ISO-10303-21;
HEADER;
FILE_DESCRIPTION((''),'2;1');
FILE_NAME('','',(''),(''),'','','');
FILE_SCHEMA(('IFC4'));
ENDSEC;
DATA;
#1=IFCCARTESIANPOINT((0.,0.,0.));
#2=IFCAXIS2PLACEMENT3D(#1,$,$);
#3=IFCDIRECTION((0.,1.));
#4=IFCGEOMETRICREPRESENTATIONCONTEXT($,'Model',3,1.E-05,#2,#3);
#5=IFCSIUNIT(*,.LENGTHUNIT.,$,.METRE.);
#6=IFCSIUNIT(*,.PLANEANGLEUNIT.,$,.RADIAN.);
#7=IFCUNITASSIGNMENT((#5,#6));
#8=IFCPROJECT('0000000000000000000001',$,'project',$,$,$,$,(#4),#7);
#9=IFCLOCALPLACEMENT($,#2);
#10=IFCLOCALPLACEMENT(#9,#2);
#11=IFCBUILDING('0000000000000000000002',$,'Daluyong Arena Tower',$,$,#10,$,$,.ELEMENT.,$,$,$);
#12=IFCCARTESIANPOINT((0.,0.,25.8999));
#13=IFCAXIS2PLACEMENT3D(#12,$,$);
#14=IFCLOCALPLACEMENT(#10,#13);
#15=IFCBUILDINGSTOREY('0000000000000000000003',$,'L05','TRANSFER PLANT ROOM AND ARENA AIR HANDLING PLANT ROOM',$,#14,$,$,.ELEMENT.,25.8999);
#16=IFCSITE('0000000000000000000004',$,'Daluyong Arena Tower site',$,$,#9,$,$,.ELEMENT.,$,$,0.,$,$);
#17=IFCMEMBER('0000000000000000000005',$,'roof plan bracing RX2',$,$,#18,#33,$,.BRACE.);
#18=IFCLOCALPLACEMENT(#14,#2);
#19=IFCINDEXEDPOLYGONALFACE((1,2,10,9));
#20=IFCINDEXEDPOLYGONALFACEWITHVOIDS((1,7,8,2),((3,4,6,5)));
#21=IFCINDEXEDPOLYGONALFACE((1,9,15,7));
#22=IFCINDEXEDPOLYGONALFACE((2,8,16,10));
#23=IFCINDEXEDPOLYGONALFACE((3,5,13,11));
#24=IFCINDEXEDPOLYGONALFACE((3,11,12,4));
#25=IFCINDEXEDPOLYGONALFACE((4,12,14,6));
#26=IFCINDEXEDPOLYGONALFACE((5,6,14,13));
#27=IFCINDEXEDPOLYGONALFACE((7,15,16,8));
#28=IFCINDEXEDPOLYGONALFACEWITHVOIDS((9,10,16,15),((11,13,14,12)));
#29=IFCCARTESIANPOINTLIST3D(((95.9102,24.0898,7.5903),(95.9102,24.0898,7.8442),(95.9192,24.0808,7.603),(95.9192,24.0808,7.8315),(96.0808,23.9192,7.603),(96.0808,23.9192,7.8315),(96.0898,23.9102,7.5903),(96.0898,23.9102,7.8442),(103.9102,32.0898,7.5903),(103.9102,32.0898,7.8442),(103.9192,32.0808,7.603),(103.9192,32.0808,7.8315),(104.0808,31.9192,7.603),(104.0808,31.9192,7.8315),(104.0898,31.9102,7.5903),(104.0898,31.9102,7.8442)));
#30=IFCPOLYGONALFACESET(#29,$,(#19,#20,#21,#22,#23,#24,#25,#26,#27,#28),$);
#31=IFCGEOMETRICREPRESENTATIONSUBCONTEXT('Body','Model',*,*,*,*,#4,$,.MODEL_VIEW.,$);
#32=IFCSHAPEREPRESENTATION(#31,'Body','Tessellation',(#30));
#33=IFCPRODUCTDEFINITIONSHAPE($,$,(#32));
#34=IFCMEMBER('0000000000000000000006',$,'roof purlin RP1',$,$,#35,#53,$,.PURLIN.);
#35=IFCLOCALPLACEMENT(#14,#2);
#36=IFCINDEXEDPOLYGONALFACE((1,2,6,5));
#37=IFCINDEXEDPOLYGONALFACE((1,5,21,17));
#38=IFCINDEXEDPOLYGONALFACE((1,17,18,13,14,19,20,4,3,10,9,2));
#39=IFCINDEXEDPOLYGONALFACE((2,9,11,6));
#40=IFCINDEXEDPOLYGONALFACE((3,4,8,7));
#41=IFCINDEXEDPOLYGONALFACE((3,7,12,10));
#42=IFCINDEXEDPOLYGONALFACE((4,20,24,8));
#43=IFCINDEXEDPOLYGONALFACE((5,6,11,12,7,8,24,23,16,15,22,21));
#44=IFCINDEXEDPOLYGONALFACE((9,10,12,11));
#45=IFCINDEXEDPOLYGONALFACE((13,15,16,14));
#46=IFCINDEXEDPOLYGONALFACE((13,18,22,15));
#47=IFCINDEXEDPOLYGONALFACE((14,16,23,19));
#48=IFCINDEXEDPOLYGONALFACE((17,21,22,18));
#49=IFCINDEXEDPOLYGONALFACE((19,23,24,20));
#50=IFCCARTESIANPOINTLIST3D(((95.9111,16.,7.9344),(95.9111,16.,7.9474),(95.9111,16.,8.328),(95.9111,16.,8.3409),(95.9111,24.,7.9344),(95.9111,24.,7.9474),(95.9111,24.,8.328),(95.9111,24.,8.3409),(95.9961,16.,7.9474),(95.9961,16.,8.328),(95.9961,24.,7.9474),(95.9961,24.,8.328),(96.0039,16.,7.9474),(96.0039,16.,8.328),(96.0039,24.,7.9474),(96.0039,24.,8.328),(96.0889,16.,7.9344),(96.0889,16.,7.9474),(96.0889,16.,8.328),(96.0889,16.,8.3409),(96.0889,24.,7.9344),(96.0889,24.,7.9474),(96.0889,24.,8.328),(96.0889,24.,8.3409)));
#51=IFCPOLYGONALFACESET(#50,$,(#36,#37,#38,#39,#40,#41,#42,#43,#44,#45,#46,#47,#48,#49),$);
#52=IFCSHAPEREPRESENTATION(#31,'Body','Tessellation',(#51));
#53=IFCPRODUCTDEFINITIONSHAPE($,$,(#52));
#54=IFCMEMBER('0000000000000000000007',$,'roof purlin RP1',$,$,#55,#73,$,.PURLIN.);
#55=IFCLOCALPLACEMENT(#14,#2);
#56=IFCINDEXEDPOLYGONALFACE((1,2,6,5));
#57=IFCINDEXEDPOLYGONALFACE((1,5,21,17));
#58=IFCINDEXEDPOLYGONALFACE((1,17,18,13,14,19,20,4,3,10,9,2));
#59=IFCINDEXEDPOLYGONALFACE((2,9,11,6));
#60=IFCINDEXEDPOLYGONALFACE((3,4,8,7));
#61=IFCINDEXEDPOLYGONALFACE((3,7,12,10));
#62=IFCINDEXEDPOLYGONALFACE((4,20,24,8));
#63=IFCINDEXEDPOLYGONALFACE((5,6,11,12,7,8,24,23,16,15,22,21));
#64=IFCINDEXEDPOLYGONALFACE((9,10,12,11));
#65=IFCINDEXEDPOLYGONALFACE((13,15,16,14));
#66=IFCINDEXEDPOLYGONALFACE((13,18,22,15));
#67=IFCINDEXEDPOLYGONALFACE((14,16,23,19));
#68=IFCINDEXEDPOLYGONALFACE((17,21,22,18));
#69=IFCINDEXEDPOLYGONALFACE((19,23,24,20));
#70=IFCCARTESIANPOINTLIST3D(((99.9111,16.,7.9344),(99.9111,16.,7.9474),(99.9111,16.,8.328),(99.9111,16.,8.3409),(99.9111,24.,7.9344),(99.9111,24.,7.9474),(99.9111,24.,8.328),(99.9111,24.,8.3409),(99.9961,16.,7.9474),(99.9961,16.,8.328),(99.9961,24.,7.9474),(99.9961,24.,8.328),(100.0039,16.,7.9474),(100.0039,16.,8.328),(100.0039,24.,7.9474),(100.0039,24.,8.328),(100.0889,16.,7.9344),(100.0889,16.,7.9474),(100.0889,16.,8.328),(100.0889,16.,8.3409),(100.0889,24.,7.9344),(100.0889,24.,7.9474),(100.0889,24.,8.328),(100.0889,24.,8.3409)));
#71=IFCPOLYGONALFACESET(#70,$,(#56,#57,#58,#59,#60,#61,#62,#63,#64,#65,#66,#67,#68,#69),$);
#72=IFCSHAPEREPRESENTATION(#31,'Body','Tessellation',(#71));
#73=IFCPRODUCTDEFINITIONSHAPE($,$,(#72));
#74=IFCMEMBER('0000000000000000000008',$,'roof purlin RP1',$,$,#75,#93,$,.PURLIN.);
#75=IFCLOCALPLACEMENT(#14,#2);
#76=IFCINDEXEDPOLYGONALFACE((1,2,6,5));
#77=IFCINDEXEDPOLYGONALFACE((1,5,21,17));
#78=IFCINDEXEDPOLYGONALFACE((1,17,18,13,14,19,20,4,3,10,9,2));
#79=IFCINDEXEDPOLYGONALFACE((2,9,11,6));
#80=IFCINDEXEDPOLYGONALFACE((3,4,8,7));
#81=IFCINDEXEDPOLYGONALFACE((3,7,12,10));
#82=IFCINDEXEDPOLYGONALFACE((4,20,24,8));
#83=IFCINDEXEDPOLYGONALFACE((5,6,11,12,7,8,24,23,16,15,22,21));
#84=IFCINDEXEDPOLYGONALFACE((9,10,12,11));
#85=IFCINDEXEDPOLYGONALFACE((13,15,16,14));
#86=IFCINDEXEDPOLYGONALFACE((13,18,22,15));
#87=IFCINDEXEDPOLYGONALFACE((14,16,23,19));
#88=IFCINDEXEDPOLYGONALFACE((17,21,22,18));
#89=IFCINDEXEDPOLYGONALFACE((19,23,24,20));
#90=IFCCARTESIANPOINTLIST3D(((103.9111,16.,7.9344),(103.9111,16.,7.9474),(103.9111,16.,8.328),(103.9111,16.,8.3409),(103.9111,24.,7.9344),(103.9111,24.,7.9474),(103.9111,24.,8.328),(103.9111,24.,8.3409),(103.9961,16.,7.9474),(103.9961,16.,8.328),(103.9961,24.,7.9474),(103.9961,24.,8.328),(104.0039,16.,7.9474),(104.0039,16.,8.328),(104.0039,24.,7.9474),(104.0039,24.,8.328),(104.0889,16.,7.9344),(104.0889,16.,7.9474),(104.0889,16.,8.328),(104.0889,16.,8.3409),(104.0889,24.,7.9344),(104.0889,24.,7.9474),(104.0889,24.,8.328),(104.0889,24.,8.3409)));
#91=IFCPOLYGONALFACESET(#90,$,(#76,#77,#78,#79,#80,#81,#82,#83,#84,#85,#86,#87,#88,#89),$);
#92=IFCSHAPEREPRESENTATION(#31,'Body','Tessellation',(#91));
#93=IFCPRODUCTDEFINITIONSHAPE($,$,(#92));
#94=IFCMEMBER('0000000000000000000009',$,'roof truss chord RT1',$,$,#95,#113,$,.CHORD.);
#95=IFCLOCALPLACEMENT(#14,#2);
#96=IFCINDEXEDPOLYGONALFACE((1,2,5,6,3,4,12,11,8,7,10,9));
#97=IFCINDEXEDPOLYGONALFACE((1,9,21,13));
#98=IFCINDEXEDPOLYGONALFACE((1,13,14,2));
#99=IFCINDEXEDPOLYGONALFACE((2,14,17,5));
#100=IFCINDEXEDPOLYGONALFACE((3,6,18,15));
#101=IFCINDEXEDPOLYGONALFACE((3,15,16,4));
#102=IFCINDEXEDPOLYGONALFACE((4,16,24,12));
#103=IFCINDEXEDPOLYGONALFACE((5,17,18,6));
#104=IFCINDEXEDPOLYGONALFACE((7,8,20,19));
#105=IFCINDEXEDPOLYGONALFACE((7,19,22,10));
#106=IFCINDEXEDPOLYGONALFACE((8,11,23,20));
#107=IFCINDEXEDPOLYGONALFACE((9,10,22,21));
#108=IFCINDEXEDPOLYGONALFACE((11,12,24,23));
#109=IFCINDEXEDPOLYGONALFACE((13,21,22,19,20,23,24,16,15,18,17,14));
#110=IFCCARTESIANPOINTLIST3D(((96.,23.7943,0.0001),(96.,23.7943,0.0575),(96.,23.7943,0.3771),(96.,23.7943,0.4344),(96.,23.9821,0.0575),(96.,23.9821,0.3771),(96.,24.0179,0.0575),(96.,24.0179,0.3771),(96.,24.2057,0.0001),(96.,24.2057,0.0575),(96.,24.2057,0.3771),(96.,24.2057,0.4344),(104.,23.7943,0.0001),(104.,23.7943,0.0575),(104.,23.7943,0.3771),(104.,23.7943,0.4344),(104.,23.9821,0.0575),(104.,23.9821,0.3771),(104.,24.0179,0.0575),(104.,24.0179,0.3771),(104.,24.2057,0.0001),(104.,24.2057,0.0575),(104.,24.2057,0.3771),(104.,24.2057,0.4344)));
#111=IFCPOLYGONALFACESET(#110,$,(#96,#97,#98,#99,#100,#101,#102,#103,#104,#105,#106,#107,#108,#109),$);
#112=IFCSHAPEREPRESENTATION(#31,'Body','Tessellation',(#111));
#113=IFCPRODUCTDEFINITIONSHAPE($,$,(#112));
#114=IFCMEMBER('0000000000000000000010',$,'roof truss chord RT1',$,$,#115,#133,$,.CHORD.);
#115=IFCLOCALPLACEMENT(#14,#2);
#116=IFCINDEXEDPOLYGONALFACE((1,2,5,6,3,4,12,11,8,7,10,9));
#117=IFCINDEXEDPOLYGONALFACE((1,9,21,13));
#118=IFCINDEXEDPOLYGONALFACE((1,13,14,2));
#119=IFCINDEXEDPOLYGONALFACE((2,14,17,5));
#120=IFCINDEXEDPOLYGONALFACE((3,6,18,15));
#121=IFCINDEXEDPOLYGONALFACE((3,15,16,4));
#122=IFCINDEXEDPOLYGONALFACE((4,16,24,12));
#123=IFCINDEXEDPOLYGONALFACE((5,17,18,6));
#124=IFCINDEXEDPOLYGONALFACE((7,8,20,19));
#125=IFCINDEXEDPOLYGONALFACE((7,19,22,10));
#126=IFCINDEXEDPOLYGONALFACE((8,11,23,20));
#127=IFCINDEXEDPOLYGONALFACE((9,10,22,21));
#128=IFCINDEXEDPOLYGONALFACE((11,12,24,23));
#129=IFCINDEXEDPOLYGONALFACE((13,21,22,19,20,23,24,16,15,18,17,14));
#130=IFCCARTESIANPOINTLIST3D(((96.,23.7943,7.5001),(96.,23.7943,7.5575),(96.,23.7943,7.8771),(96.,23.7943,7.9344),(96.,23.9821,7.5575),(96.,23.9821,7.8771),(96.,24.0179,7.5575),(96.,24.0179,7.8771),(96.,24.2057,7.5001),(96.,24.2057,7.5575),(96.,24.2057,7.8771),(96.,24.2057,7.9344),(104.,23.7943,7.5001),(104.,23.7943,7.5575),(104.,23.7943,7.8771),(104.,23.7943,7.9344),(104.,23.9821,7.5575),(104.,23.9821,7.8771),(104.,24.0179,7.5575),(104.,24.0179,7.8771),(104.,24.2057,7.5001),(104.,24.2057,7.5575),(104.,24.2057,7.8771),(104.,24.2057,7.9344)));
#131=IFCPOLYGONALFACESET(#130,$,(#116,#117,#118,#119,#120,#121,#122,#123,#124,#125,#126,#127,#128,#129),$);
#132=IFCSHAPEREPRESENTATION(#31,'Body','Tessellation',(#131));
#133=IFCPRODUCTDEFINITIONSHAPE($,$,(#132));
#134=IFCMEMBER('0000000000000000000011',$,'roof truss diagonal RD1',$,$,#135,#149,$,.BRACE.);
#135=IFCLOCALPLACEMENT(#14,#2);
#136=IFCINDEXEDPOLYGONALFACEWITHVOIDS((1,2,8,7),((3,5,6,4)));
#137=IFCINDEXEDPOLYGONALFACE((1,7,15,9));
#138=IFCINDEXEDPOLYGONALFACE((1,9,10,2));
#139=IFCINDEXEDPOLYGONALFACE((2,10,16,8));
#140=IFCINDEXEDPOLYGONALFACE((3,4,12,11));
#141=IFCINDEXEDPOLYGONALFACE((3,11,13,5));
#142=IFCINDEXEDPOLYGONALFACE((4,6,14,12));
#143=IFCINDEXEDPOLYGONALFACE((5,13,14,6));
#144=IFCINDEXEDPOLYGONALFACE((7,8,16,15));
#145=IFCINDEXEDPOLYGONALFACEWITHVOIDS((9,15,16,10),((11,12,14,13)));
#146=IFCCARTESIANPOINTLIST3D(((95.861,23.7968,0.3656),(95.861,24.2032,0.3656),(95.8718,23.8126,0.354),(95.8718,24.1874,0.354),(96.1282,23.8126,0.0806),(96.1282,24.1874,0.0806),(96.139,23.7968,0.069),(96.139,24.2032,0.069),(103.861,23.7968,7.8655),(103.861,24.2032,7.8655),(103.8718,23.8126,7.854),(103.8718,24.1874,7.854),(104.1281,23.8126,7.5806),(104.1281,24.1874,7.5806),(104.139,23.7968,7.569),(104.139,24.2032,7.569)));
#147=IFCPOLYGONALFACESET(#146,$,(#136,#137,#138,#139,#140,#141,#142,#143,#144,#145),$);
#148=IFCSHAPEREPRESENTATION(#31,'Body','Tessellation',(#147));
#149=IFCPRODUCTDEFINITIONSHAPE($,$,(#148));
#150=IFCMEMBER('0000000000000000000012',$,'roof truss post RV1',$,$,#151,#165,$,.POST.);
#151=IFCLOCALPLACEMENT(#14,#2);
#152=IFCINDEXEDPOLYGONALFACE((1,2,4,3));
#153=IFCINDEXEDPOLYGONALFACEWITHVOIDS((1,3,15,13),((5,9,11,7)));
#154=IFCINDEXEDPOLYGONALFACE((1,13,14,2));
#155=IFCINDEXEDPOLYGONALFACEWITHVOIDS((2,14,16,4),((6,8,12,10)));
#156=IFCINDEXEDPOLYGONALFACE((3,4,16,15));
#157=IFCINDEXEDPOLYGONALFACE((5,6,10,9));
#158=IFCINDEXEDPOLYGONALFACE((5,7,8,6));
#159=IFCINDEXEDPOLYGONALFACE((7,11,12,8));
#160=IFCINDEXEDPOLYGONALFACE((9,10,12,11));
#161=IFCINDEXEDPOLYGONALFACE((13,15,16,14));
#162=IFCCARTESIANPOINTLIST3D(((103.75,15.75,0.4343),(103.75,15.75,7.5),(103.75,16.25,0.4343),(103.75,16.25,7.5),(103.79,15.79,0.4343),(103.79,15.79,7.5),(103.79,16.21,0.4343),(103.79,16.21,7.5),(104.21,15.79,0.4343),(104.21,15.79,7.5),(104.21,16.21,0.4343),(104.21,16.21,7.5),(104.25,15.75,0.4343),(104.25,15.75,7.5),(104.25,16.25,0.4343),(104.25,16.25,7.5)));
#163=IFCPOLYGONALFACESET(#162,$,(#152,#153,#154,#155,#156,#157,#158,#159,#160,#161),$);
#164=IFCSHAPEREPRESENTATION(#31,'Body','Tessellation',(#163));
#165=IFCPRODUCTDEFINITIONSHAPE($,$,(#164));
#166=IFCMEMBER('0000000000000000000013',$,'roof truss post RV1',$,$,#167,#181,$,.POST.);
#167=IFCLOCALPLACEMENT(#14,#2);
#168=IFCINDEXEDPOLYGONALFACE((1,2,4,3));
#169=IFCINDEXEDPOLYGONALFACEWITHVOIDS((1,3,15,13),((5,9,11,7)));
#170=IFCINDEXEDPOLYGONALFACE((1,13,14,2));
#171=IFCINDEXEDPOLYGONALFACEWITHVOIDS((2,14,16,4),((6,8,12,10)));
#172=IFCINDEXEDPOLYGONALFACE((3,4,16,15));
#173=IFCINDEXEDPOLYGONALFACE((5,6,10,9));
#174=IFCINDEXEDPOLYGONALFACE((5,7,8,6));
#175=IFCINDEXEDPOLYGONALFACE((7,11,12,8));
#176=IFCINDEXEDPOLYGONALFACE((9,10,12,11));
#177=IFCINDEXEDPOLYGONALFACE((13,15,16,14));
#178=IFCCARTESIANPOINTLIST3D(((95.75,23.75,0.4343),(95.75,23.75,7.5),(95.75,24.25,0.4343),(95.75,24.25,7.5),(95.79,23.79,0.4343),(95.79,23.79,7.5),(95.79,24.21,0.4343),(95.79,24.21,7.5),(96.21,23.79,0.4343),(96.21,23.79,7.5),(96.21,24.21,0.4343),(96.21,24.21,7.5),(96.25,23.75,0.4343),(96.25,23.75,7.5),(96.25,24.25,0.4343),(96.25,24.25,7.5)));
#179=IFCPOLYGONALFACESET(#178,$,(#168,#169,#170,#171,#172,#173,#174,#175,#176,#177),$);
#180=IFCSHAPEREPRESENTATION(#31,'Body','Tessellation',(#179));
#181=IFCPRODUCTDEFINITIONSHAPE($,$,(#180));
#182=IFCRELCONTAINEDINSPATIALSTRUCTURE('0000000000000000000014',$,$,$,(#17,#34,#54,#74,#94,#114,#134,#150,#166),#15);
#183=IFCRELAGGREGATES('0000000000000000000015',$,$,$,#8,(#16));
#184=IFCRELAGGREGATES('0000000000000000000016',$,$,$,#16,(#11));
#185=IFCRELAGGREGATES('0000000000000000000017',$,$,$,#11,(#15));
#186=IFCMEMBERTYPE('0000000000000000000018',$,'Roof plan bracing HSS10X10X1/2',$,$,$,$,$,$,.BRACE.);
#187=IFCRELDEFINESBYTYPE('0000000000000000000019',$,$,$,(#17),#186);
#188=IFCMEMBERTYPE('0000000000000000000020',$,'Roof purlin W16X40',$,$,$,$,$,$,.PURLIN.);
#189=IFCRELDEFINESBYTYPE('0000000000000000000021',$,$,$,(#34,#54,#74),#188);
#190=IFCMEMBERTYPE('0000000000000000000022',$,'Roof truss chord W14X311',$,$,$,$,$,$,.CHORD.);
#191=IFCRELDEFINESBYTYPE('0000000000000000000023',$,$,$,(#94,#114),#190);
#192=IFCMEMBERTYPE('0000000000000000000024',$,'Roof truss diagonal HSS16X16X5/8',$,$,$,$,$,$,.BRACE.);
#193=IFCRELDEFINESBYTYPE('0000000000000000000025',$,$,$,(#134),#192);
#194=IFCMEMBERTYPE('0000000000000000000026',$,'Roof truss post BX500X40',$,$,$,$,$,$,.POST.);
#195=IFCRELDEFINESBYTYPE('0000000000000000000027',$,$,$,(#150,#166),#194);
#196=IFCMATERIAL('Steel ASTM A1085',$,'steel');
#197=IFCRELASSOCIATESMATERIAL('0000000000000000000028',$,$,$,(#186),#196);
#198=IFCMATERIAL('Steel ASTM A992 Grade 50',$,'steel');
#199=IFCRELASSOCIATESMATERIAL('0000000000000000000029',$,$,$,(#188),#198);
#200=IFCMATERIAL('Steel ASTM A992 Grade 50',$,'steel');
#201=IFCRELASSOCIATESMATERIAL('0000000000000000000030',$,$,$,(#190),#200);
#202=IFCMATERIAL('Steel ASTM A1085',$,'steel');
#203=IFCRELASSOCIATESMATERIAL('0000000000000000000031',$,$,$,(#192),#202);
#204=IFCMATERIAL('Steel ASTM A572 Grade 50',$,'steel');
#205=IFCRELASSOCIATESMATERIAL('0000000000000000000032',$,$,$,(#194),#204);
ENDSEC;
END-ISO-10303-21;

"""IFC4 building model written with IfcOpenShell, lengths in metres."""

from ifc_helpers import new_model, si_unit, direction, frame, origin, origin_2d, place, context, subcontext, project, spatial, hollow_rectangle, i_section, extrude, material, material_profile, profile_set, type_object, element, save


model = new_model("IFC4")

# Units and contexts
model_context = context("Model", 3, precision=1e-05, world=origin(), true_north=direction((0.0, 1.0)))
body_context = subcontext(model_context, "Body", "Model", "MODEL_VIEW")
ifc_project = project(units=[si_unit("LENGTHUNIT", "METRE"), si_unit("PLANEANGLEUNIT", "RADIAN")], contexts=[model_context])

# Site, building, storey
site_placement = place(None, origin())
site = spatial("IfcSite", under=ifc_project, at=site_placement, Name="Daluyong Arena Tower site", CompositionType="ELEMENT", RefElevation=0.0)
building_placement = place(site_placement, origin())
building = spatial("IfcBuilding", under=site, at=building_placement, Name="Daluyong Arena Tower", CompositionType="ELEMENT")
storey_placement = place(building_placement, frame((0.0, 0.0, 25.8999)))
storey = spatial("IfcBuildingStorey", under=building, at=storey_placement, Name="L05", Description="TRANSFER PLANT ROOM AND ARENA AIR HANDLING PLANT ROOM", CompositionType="ELEMENT", Elevation=25.8999)

# Members
ifc_material_1 = material(Name="Steel ASTM A1085", Category="steel")
ifc_material_profile_1 = material_profile(ifc_material_1, hollow_rectangle(XDim=0.2539, YDim=0.2539, WallThickness=0.0127, at=origin_2d()))
ifc_profile_set_1 = profile_set([ifc_material_profile_1], Name="Steel ASTM A1085")
member_type_1 = type_object("IfcMemberType", Name="Roof plan bracing HSS10X10X1/2", PredefinedType="BRACE", material=ifc_profile_set_1)
for number, where, z_axis, x_axis, name in (
    (1, (96.0, 24.0, 7.7173), (0.707107, 0.707107, 0.0), (-0.707107, 0.707107, 0.0), "roof plan bracing RX2"),
):
    element("IfcMember", number, at=place(storey_placement, frame(where, z_axis=z_axis, x_axis=x_axis)), inside=storey, type_object=member_type_1, Name=name, PredefinedType="BRACE", context=body_context, shape_type="SweptSolid", body=[
        extrude(hollow_rectangle(XDim=0.2539, YDim=0.2539, WallThickness=0.0127, at=origin_2d()), origin(), (0.0, 0.0, 1.0), 11.3137),
    ])
ifc_material_2 = material(Name="Steel ASTM A992 Grade 50", Category="steel")
ifc_material_profile_2 = material_profile(ifc_material_2, i_section(OverallWidth=0.1777, OverallDepth=0.4065, WebThickness=0.0078, FlangeThickness=0.0129, at=origin_2d()))
ifc_profile_set_2 = profile_set([ifc_material_profile_2], Name="Steel ASTM A992 Grade 50")
member_type_2 = type_object("IfcMemberType", Name="Roof purlin W16X40", PredefinedType="PURLIN", material=ifc_profile_set_2)
for number, where, z_axis, x_axis, name in (
    (2, (96.0, 16.0, 8.1377), (0.0, 1.0, 0.0), (-1.0, 0.0, 0.0), "roof purlin RP1"),
    (3, (100.0, 16.0, 8.1377), (0.0, 1.0, 0.0), (-1.0, 0.0, 0.0), "roof purlin RP1"),
    (4, (104.0, 16.0, 8.1377), (0.0, 1.0, 0.0), (-1.0, 0.0, 0.0), "roof purlin RP1"),
):
    element("IfcMember", number, at=place(storey_placement, frame(where, z_axis=z_axis, x_axis=x_axis)), inside=storey, type_object=member_type_2, Name=name, PredefinedType="PURLIN", context=body_context, shape_type="SweptSolid", body=[
        extrude(i_section(OverallWidth=0.1777, OverallDepth=0.4065, WebThickness=0.0078, FlangeThickness=0.0129, at=origin_2d()), origin(), (0.0, 0.0, 1.0), 8.0),
    ])
ifc_material_3 = material(Name="Steel ASTM A992 Grade 50", Category="steel")
ifc_material_profile_3 = material_profile(ifc_material_3, i_section(OverallWidth=0.4114, OverallDepth=0.4343, WebThickness=0.0359, FlangeThickness=0.0574, at=origin_2d()))
ifc_profile_set_3 = profile_set([ifc_material_profile_3], Name="Steel ASTM A992 Grade 50")
member_type_3 = type_object("IfcMemberType", Name="Roof truss chord W14X311", PredefinedType="CHORD", material=ifc_profile_set_3)
for number, where, z_axis, x_axis, name in (
    (5, (96.0, 24.0, 0.2173), (1.0, 0.0, 0.0), (0.0, 1.0, 0.0), "roof truss chord RT1"),
    (6, (96.0, 24.0, 7.7173), (1.0, 0.0, 0.0), (0.0, 1.0, 0.0), "roof truss chord RT1"),
):
    element("IfcMember", number, at=place(storey_placement, frame(where, z_axis=z_axis, x_axis=x_axis)), inside=storey, type_object=member_type_3, Name=name, PredefinedType="CHORD", context=body_context, shape_type="SweptSolid", body=[
        extrude(i_section(OverallWidth=0.4114, OverallDepth=0.4343, WebThickness=0.0359, FlangeThickness=0.0574, at=origin_2d()), origin(), (0.0, 0.0, 1.0), 8.0),
    ])
ifc_material_4 = material(Name="Steel ASTM A1085", Category="steel")
ifc_material_profile_4 = material_profile(ifc_material_4, hollow_rectangle(XDim=0.4065, YDim=0.4065, WallThickness=0.0159, at=origin_2d()))
ifc_profile_set_4 = profile_set([ifc_material_profile_4], Name="Steel ASTM A1085")
member_type_4 = type_object("IfcMemberType", Name="Roof truss diagonal HSS16X16X5/8", PredefinedType="BRACE", material=ifc_profile_set_4)
member_placement = place(storey_placement, frame((96.0, 24.0, 0.2173), z_axis=(0.729537, 0.0, 0.683941), x_axis=(0.0, 1.0, 0.0)))
element("IfcMember", 7, at=member_placement, inside=storey, type_object=member_type_4, Name="roof truss diagonal RD1", PredefinedType="BRACE", context=body_context, shape_type="SweptSolid", body=[
    extrude(hollow_rectangle(XDim=0.4065, YDim=0.4065, WallThickness=0.0159, at=origin_2d()), origin(), (0.0, 0.0, 1.0), 10.9658),
])
ifc_material_5 = material(Name="Steel ASTM A572 Grade 50", Category="steel")
ifc_material_profile_5 = material_profile(ifc_material_5, hollow_rectangle(XDim=0.5, YDim=0.5, WallThickness=0.04, at=origin_2d()))
ifc_profile_set_5 = profile_set([ifc_material_profile_5], Name="Steel ASTM A572 Grade 50")
member_type_5 = type_object("IfcMemberType", Name="Roof truss post BX500X40", PredefinedType="POST", material=ifc_profile_set_5)
for number, where, z_axis, x_axis, name in (
    (8, (104.0, 16.0, 0.4343), (0.0, 0.0, 1.0), (1.0, 0.0, 0.0), "roof truss post RV1"),
    (9, (96.0, 24.0, 0.4343), (0.0, 0.0, 1.0), (1.0, 0.0, 0.0), "roof truss post RV1"),
):
    element("IfcMember", number, at=place(storey_placement, frame(where, z_axis=z_axis, x_axis=x_axis)), inside=storey, type_object=member_type_5, Name=name, PredefinedType="POST", context=body_context, shape_type="SweptSolid", body=[
        extrude(hollow_rectangle(XDim=0.5, YDim=0.5, WallThickness=0.04, at=origin_2d()), origin(), (0.0, 0.0, 1.0), 7.0657),
    ])

save(model, "model.ifc")
